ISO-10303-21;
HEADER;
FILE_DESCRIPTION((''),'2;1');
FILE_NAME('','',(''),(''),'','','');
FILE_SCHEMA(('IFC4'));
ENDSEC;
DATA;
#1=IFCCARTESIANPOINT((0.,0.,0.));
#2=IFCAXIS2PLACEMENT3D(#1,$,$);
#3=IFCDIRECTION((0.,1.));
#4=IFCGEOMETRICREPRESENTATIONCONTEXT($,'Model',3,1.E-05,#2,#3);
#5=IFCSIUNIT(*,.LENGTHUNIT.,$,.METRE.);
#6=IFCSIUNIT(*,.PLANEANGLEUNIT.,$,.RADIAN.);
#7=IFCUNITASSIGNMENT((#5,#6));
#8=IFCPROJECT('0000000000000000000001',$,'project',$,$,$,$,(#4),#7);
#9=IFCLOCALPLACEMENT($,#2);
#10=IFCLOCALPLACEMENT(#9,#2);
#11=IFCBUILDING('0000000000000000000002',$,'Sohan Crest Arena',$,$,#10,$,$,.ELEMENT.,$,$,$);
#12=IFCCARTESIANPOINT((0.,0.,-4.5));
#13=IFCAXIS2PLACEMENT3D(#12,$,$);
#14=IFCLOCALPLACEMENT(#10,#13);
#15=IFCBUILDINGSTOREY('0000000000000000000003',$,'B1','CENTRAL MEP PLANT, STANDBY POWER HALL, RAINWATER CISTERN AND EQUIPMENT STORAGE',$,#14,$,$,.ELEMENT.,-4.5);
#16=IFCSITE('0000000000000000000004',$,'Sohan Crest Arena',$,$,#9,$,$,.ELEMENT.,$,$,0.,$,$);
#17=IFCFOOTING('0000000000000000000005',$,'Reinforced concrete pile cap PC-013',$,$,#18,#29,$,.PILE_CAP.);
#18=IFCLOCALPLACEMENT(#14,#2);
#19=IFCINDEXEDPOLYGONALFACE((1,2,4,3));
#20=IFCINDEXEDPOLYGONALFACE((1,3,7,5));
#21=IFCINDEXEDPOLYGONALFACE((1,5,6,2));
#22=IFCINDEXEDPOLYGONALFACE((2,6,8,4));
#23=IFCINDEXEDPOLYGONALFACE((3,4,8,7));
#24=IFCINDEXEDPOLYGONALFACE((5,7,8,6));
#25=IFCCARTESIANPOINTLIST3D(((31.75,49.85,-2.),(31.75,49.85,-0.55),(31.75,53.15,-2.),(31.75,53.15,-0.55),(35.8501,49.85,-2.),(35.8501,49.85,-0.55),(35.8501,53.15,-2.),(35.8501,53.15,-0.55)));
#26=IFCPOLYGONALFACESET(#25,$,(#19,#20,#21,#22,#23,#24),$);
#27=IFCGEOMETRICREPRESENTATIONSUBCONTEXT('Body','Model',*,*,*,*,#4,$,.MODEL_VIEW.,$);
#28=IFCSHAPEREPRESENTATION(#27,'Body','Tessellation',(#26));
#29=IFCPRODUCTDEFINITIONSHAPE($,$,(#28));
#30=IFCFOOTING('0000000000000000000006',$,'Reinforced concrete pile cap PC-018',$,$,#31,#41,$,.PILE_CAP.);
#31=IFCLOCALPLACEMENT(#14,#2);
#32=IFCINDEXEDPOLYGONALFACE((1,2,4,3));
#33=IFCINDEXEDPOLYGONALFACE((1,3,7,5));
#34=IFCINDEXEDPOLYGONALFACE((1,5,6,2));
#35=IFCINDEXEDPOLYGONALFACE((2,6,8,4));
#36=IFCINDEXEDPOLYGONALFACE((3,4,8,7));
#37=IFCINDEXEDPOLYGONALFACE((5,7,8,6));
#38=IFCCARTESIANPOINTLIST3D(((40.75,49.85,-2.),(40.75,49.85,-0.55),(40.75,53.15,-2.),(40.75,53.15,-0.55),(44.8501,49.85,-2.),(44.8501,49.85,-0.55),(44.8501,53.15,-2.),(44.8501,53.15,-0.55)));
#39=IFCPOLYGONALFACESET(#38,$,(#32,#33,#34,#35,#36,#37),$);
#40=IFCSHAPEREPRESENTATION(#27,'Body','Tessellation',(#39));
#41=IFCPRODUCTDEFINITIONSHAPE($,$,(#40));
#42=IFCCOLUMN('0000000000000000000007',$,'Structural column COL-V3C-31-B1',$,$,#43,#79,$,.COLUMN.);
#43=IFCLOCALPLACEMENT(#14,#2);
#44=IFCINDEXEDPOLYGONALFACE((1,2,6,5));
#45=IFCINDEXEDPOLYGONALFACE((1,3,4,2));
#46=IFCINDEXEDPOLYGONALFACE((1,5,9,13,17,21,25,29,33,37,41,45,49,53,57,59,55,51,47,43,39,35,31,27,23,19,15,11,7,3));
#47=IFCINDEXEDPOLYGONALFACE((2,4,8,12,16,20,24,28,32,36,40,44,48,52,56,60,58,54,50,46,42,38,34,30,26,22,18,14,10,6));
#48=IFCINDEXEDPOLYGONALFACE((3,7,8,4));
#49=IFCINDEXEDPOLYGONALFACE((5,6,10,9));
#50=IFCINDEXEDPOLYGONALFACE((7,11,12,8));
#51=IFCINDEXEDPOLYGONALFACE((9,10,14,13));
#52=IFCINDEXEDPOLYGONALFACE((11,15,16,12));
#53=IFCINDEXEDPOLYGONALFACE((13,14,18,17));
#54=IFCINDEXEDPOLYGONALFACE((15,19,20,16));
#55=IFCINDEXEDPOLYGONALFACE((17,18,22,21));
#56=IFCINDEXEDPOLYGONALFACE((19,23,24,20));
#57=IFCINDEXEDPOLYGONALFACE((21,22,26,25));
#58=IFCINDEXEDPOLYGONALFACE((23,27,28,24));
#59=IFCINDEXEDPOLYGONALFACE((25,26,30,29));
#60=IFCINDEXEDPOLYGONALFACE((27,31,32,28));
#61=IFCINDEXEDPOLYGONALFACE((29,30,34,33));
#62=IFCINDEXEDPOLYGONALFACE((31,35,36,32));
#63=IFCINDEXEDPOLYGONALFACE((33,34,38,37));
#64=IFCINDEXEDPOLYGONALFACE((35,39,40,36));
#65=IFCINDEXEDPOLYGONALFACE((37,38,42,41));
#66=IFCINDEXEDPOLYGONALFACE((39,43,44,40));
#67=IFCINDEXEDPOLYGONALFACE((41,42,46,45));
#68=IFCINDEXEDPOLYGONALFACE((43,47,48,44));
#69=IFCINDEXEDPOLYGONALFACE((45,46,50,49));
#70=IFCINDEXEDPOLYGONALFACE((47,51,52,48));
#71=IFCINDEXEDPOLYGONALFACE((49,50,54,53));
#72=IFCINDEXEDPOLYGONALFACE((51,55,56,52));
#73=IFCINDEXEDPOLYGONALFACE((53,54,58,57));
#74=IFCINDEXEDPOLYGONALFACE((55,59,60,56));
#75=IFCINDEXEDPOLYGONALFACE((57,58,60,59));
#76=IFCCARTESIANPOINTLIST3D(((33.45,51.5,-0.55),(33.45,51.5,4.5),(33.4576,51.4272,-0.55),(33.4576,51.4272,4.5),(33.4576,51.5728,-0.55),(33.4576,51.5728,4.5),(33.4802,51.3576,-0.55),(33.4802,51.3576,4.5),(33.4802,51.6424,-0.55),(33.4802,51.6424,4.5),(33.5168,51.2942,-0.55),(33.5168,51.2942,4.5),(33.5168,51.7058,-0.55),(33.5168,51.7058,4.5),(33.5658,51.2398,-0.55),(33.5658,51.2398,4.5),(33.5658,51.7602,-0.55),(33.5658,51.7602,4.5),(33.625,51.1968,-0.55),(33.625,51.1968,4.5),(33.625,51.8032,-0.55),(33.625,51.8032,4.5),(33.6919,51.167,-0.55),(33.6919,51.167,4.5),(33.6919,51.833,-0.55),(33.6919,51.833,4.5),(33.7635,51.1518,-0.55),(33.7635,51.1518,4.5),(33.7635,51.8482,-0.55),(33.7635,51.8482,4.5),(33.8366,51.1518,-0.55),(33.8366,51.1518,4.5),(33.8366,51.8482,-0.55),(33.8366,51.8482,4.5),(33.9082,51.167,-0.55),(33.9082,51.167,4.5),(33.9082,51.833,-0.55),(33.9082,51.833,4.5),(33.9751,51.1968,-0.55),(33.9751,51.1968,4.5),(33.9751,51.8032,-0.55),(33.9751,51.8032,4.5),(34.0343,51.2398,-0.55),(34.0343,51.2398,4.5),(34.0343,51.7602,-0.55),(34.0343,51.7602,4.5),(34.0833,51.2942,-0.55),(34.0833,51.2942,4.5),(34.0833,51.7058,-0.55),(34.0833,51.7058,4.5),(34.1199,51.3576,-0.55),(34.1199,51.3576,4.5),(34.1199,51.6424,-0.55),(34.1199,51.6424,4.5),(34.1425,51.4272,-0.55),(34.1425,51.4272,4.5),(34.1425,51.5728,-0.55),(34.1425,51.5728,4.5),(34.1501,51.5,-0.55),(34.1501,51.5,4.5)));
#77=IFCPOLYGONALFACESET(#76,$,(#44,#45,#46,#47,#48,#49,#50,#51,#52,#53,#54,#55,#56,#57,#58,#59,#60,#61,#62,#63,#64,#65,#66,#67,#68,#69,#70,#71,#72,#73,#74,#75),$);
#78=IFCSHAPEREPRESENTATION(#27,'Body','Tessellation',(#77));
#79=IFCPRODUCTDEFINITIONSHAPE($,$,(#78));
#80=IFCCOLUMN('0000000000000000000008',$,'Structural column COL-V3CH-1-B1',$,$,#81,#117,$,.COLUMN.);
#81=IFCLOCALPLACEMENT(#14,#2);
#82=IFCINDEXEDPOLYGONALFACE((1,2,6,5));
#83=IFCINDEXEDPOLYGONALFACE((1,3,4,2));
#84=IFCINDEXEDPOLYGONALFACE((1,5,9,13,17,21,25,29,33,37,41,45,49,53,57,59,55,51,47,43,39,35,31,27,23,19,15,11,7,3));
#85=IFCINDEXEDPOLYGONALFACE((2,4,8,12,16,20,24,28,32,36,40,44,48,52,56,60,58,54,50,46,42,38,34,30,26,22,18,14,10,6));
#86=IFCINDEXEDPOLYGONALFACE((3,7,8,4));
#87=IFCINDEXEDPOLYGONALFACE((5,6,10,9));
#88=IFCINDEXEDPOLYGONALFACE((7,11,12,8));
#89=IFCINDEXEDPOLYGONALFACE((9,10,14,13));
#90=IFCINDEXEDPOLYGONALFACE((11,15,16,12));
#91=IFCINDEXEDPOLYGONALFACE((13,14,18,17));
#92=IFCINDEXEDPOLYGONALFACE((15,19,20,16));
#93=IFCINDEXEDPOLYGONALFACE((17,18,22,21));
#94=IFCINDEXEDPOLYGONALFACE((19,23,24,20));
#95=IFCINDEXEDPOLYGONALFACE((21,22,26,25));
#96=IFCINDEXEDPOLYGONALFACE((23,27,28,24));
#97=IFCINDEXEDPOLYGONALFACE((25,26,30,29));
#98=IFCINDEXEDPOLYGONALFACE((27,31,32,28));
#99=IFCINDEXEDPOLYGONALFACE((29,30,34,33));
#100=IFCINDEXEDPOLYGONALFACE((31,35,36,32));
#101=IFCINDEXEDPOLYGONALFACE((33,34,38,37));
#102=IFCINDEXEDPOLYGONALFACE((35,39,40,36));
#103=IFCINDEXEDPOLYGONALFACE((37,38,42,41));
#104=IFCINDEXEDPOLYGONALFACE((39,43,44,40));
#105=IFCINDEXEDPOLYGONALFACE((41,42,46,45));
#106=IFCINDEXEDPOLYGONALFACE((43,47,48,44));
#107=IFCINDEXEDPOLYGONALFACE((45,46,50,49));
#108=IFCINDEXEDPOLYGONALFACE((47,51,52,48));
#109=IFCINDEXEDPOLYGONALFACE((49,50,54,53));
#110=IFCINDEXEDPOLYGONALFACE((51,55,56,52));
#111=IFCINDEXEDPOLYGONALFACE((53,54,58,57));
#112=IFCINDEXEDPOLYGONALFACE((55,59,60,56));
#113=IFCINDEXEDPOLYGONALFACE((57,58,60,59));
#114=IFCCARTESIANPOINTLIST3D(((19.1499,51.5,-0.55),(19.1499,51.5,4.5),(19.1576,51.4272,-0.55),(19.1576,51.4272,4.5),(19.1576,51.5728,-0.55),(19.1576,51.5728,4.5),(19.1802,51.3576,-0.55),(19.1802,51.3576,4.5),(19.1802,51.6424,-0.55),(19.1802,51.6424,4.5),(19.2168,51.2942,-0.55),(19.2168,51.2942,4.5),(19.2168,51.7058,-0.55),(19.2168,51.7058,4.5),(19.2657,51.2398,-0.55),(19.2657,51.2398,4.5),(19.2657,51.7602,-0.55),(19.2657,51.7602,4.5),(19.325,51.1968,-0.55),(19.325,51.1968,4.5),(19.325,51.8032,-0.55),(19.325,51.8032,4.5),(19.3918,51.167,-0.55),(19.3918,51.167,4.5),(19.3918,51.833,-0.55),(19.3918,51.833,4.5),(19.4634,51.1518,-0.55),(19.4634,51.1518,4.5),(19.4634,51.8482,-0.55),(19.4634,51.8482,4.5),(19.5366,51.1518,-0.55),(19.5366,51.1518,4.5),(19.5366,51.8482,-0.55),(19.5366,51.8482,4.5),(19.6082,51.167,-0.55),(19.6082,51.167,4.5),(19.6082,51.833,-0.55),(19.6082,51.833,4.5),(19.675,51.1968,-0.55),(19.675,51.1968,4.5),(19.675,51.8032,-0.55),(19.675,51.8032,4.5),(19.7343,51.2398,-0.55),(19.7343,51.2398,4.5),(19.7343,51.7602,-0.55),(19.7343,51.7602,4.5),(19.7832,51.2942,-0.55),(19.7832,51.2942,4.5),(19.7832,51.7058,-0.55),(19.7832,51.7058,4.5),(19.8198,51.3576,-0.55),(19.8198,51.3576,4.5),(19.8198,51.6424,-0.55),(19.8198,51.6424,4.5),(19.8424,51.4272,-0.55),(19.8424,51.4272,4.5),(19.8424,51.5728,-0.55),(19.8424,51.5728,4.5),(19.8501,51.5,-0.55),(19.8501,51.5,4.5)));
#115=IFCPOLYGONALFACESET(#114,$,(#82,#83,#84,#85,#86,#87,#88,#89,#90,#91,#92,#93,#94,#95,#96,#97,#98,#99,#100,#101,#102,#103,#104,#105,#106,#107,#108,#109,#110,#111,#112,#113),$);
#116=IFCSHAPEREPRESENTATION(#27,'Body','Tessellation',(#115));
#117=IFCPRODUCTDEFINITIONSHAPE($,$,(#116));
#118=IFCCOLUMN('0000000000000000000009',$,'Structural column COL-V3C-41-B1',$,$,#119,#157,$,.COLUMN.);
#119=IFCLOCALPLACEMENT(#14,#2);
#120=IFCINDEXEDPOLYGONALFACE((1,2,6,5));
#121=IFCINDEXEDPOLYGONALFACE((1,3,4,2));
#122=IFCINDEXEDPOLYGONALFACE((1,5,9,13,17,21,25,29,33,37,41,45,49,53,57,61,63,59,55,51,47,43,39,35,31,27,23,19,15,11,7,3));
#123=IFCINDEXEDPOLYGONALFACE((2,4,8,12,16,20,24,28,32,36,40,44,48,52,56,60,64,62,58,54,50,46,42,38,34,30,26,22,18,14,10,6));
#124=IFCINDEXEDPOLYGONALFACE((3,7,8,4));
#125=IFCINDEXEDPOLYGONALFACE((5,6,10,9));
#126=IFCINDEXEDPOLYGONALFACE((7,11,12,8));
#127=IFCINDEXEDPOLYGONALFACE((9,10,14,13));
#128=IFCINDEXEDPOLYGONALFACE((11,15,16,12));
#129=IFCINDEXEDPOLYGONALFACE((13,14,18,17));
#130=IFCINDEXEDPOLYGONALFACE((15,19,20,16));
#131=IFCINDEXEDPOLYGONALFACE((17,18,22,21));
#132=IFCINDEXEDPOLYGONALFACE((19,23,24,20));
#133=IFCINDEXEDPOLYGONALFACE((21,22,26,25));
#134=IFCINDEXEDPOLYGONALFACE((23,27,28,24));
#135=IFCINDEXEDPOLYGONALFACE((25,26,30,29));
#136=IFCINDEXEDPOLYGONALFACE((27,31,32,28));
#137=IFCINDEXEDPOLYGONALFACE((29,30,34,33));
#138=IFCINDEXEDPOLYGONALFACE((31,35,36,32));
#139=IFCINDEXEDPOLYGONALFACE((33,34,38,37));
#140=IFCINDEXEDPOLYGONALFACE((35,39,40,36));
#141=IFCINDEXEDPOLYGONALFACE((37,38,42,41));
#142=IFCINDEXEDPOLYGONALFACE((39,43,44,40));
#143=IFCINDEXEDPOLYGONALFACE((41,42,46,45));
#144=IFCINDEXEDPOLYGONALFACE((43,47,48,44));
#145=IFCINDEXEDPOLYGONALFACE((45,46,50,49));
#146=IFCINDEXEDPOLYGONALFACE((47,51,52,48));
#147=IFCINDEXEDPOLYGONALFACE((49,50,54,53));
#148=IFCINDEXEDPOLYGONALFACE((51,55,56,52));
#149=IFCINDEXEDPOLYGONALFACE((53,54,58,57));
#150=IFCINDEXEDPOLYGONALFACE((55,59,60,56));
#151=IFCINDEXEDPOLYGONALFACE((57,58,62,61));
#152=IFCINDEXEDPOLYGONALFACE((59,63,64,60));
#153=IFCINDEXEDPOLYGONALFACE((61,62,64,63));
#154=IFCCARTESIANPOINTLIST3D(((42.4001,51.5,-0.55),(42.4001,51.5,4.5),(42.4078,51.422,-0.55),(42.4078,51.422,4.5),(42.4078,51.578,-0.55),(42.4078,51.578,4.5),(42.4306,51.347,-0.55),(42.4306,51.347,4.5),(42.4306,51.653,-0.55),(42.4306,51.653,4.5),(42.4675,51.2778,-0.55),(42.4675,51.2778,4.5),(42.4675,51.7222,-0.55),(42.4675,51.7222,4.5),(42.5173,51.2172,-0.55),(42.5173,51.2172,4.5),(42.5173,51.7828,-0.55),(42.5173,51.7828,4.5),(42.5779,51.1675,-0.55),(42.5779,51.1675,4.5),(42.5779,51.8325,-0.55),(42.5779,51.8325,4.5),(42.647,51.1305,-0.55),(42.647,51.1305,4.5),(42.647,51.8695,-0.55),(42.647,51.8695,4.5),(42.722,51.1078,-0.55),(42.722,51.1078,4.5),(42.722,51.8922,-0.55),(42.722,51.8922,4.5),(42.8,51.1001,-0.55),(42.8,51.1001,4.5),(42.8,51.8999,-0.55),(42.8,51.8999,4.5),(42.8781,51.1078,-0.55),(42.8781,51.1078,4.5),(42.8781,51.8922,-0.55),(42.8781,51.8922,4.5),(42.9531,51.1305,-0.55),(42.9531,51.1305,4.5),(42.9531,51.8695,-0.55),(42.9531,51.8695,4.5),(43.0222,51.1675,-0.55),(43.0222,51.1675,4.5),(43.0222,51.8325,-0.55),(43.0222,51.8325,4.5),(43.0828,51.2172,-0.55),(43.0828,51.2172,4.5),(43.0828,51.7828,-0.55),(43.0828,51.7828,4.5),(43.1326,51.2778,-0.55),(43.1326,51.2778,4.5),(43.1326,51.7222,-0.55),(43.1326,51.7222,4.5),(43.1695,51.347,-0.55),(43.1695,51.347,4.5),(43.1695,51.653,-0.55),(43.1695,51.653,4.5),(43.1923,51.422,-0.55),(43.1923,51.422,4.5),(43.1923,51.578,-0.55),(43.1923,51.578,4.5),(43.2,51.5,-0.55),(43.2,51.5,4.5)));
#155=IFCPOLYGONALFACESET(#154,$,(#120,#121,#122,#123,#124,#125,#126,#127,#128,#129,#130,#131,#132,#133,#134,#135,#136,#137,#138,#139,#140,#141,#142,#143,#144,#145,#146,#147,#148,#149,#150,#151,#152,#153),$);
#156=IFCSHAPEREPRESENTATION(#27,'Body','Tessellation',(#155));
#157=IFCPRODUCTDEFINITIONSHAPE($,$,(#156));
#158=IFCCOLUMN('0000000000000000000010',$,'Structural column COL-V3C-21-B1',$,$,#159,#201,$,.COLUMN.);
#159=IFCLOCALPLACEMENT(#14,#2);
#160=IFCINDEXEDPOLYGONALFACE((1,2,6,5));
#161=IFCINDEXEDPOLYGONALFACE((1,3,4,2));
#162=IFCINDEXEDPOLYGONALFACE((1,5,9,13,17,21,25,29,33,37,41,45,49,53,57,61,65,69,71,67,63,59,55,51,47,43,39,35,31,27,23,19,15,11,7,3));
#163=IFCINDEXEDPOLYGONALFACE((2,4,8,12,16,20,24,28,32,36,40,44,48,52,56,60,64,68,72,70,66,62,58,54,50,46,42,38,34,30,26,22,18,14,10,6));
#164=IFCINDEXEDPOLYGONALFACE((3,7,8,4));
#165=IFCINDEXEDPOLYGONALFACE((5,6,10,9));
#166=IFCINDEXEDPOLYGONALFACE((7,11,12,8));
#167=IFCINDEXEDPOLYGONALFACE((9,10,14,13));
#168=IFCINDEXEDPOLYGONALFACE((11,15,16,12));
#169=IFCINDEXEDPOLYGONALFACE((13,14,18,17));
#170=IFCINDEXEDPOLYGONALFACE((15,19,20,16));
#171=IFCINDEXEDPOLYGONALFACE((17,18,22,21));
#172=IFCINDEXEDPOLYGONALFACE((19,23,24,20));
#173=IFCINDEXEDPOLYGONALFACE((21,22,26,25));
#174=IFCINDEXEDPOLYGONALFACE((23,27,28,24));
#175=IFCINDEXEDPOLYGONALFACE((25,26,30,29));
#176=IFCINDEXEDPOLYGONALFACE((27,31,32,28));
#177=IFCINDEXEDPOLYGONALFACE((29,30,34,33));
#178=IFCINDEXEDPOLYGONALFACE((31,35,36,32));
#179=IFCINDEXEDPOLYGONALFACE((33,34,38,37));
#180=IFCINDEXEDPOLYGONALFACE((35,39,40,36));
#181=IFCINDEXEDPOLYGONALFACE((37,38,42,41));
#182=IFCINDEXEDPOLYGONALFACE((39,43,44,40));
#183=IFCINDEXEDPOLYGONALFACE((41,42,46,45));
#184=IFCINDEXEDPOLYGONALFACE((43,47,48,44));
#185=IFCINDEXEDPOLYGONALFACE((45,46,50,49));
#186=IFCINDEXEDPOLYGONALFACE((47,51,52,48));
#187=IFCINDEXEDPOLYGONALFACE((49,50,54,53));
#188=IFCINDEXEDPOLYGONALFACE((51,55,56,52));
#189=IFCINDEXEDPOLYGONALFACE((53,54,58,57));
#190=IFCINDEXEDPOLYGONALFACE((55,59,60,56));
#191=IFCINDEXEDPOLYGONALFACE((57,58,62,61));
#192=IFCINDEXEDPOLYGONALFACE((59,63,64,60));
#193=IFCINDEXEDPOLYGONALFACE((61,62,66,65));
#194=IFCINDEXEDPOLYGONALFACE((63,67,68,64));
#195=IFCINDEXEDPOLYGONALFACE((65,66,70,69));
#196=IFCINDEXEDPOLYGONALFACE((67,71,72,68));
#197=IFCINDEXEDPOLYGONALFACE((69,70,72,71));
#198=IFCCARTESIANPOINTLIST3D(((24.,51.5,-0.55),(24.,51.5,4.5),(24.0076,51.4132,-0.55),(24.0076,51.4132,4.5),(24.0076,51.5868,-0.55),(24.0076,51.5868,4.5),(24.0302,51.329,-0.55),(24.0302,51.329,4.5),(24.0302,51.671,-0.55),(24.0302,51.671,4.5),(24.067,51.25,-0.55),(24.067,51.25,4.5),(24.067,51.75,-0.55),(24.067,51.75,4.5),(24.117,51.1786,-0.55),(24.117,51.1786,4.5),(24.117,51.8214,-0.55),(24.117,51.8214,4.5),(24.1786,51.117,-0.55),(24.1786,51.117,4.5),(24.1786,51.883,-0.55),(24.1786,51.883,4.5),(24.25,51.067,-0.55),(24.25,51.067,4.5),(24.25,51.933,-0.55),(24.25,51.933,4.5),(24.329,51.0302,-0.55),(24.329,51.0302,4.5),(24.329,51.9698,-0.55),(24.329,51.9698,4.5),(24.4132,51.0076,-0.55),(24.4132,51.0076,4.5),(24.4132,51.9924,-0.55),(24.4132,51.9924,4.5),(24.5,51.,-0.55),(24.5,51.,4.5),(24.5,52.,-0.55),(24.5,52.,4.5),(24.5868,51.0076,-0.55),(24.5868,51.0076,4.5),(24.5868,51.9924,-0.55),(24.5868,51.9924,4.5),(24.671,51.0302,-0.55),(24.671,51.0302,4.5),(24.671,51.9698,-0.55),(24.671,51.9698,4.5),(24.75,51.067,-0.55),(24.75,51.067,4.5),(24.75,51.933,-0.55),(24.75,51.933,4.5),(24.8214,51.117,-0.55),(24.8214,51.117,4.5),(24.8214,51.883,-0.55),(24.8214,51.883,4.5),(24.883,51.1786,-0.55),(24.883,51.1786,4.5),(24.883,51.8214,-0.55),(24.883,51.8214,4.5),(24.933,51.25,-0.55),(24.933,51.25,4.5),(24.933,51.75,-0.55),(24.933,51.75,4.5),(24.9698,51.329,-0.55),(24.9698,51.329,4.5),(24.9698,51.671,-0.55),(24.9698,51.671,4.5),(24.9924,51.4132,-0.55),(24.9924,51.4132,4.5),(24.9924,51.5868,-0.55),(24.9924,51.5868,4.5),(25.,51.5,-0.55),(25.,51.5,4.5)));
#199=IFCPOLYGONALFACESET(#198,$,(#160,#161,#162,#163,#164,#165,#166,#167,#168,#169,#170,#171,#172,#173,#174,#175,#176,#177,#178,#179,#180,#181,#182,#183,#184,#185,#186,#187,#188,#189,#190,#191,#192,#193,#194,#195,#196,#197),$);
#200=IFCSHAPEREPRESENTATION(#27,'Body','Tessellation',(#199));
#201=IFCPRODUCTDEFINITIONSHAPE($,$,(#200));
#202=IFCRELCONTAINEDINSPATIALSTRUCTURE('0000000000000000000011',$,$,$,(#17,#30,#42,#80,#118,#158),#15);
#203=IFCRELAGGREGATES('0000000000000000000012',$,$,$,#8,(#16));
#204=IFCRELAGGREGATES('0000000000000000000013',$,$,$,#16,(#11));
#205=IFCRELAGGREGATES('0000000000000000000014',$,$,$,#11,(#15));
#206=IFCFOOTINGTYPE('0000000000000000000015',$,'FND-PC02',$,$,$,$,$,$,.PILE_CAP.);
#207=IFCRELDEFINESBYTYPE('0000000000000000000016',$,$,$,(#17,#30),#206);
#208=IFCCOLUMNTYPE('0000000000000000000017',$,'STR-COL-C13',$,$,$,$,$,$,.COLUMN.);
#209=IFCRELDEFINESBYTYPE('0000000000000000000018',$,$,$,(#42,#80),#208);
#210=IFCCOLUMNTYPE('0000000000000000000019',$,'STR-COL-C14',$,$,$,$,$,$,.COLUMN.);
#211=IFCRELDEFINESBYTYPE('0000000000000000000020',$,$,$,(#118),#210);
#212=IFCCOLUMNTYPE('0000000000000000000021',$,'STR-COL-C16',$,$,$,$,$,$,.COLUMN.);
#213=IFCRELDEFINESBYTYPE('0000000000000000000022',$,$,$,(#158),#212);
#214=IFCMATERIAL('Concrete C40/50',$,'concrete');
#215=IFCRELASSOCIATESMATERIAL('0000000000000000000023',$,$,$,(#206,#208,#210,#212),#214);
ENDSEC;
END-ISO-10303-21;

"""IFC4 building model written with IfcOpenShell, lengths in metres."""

from ifc_helpers import new_model, si_unit, direction, frame, origin, origin_2d, place, context, subcontext, project, spatial, rectangle, circle, extrude, material, material_profile, profile_set, type_object, element, save


model = new_model("IFC4")

# Units and contexts
model_context = context("Model", 3, precision=1e-05, world=origin(), true_north=direction((0.0, 1.0)))
body_context = subcontext(model_context, "Body", "Model", "MODEL_VIEW")
ifc_project = project(units=[si_unit("LENGTHUNIT", "METRE"), si_unit("PLANEANGLEUNIT", "RADIAN")], contexts=[model_context])

# Site, building, storey
site_placement = place(None, origin())
site = spatial("IfcSite", under=ifc_project, at=site_placement, Name="Sohan Crest Arena", CompositionType="ELEMENT", RefElevation=0.0)
building_placement = place(site_placement, origin())
building = spatial("IfcBuilding", under=site, at=building_placement, Name="Sohan Crest Arena", CompositionType="ELEMENT")
storey_placement = place(building_placement, frame((0.0, 0.0, -4.5)))
storey = spatial("IfcBuildingStorey", under=building, at=storey_placement, Name="B1", Description="CENTRAL MEP PLANT, STANDBY POWER HALL, RAINWATER CISTERN AND EQUIPMENT STORAGE", CompositionType="ELEMENT", Elevation=-4.5)

# Shared definitions
ifc_material_1 = material(Name="Concrete C40/50", Category="concrete")

# Footings
footing_type_1 = type_object("IfcFootingType", Name="FND-PC02", PredefinedType="PILE_CAP", material=ifc_material_1)
for number, where, z_axis, x_axis, name in (
    (1, (33.8, 51.5, -2.0), (0.0, 0.0, 1.0), (1.0, 0.0, 0.0), "Reinforced concrete pile cap PC-013"),
    (2, (42.8, 51.5, -2.0), (0.0, 0.0, 1.0), (1.0, 0.0, 0.0), "Reinforced concrete pile cap PC-018"),
):
    element("IfcFooting", number, at=place(storey_placement, frame(where, z_axis=z_axis, x_axis=x_axis)), inside=storey, type_object=footing_type_1, Name=name, PredefinedType="PILE_CAP", context=body_context, shape_type="SweptSolid", body=[
        extrude(rectangle(XDim=4.1001, YDim=3.3, at=origin_2d()), origin(), (0.0, 0.0, 1.0), 1.45),
    ])

# Columns
ifc_material_profile_1 = material_profile(ifc_material_1, circle(Radius=0.3501, at=origin_2d()), Name="RC D700")
ifc_profile_set_1 = profile_set([ifc_material_profile_1], Name="Concrete C40/50")
column_type_1 = type_object("IfcColumnType", Name="STR-COL-C13", PredefinedType="COLUMN", material=ifc_profile_set_1)
for number, where, z_axis, x_axis, name in (
    (3, (33.8, 51.5, -0.55), (0.0, 0.0, 1.0), (1.0, 0.0, 0.0), "Structural column COL-V3C-31-B1"),
    (4, (19.5, 51.5, -0.55), (0.0, 0.0, 1.0), (1.0, 0.0, 0.0), "Structural column COL-V3CH-1-B1"),
):
    element("IfcColumn", number, at=place(storey_placement, frame(where, z_axis=z_axis, x_axis=x_axis)), inside=storey, type_object=column_type_1, Name=name, PredefinedType="COLUMN", context=body_context, shape_type="SweptSolid", body=[
        extrude(circle(Radius=0.3501, at=origin_2d()), origin(), (0.0, 0.0, 1.0), 5.05),
    ])
ifc_material_profile_2 = material_profile(ifc_material_1, circle(Radius=0.3999, at=origin_2d()), Name="RC D800")
ifc_profile_set_2 = profile_set([ifc_material_profile_2], Name="Concrete C40/50")
column_type_2 = type_object("IfcColumnType", Name="STR-COL-C14", PredefinedType="COLUMN", material=ifc_profile_set_2)
column_1_placement = place(storey_placement, frame((42.8, 51.5, -0.55), z_axis=(0.0, 0.0, 1.0), x_axis=(1.0, 0.0, 0.0)))
element("IfcColumn", 5, at=column_1_placement, inside=storey, type_object=column_type_2, Name="Structural column COL-V3C-41-B1", PredefinedType="COLUMN", context=body_context, shape_type="SweptSolid", body=[
    extrude(circle(Radius=0.3999, at=origin_2d()), origin(), (0.0, 0.0, 1.0), 5.05),
])
ifc_material_profile_3 = material_profile(ifc_material_1, circle(Radius=0.5, at=origin_2d()), Name="RC D1000")
ifc_profile_set_3 = profile_set([ifc_material_profile_3], Name="Concrete C40/50")
column_type_3 = type_object("IfcColumnType", Name="STR-COL-C16", PredefinedType="COLUMN", material=ifc_profile_set_3)
column_2_placement = place(storey_placement, frame((24.5, 51.5, -0.55), z_axis=(0.0, 0.0, 1.0), x_axis=(1.0, 0.0, 0.0)))
element("IfcColumn", 6, at=column_2_placement, inside=storey, type_object=column_type_3, Name="Structural column COL-V3C-21-B1", PredefinedType="COLUMN", context=body_context, shape_type="SweptSolid", body=[
    extrude(circle(Radius=0.5, at=origin_2d()), origin(), (0.0, 0.0, 1.0), 5.05),
])

save(model, "model.ifc")
